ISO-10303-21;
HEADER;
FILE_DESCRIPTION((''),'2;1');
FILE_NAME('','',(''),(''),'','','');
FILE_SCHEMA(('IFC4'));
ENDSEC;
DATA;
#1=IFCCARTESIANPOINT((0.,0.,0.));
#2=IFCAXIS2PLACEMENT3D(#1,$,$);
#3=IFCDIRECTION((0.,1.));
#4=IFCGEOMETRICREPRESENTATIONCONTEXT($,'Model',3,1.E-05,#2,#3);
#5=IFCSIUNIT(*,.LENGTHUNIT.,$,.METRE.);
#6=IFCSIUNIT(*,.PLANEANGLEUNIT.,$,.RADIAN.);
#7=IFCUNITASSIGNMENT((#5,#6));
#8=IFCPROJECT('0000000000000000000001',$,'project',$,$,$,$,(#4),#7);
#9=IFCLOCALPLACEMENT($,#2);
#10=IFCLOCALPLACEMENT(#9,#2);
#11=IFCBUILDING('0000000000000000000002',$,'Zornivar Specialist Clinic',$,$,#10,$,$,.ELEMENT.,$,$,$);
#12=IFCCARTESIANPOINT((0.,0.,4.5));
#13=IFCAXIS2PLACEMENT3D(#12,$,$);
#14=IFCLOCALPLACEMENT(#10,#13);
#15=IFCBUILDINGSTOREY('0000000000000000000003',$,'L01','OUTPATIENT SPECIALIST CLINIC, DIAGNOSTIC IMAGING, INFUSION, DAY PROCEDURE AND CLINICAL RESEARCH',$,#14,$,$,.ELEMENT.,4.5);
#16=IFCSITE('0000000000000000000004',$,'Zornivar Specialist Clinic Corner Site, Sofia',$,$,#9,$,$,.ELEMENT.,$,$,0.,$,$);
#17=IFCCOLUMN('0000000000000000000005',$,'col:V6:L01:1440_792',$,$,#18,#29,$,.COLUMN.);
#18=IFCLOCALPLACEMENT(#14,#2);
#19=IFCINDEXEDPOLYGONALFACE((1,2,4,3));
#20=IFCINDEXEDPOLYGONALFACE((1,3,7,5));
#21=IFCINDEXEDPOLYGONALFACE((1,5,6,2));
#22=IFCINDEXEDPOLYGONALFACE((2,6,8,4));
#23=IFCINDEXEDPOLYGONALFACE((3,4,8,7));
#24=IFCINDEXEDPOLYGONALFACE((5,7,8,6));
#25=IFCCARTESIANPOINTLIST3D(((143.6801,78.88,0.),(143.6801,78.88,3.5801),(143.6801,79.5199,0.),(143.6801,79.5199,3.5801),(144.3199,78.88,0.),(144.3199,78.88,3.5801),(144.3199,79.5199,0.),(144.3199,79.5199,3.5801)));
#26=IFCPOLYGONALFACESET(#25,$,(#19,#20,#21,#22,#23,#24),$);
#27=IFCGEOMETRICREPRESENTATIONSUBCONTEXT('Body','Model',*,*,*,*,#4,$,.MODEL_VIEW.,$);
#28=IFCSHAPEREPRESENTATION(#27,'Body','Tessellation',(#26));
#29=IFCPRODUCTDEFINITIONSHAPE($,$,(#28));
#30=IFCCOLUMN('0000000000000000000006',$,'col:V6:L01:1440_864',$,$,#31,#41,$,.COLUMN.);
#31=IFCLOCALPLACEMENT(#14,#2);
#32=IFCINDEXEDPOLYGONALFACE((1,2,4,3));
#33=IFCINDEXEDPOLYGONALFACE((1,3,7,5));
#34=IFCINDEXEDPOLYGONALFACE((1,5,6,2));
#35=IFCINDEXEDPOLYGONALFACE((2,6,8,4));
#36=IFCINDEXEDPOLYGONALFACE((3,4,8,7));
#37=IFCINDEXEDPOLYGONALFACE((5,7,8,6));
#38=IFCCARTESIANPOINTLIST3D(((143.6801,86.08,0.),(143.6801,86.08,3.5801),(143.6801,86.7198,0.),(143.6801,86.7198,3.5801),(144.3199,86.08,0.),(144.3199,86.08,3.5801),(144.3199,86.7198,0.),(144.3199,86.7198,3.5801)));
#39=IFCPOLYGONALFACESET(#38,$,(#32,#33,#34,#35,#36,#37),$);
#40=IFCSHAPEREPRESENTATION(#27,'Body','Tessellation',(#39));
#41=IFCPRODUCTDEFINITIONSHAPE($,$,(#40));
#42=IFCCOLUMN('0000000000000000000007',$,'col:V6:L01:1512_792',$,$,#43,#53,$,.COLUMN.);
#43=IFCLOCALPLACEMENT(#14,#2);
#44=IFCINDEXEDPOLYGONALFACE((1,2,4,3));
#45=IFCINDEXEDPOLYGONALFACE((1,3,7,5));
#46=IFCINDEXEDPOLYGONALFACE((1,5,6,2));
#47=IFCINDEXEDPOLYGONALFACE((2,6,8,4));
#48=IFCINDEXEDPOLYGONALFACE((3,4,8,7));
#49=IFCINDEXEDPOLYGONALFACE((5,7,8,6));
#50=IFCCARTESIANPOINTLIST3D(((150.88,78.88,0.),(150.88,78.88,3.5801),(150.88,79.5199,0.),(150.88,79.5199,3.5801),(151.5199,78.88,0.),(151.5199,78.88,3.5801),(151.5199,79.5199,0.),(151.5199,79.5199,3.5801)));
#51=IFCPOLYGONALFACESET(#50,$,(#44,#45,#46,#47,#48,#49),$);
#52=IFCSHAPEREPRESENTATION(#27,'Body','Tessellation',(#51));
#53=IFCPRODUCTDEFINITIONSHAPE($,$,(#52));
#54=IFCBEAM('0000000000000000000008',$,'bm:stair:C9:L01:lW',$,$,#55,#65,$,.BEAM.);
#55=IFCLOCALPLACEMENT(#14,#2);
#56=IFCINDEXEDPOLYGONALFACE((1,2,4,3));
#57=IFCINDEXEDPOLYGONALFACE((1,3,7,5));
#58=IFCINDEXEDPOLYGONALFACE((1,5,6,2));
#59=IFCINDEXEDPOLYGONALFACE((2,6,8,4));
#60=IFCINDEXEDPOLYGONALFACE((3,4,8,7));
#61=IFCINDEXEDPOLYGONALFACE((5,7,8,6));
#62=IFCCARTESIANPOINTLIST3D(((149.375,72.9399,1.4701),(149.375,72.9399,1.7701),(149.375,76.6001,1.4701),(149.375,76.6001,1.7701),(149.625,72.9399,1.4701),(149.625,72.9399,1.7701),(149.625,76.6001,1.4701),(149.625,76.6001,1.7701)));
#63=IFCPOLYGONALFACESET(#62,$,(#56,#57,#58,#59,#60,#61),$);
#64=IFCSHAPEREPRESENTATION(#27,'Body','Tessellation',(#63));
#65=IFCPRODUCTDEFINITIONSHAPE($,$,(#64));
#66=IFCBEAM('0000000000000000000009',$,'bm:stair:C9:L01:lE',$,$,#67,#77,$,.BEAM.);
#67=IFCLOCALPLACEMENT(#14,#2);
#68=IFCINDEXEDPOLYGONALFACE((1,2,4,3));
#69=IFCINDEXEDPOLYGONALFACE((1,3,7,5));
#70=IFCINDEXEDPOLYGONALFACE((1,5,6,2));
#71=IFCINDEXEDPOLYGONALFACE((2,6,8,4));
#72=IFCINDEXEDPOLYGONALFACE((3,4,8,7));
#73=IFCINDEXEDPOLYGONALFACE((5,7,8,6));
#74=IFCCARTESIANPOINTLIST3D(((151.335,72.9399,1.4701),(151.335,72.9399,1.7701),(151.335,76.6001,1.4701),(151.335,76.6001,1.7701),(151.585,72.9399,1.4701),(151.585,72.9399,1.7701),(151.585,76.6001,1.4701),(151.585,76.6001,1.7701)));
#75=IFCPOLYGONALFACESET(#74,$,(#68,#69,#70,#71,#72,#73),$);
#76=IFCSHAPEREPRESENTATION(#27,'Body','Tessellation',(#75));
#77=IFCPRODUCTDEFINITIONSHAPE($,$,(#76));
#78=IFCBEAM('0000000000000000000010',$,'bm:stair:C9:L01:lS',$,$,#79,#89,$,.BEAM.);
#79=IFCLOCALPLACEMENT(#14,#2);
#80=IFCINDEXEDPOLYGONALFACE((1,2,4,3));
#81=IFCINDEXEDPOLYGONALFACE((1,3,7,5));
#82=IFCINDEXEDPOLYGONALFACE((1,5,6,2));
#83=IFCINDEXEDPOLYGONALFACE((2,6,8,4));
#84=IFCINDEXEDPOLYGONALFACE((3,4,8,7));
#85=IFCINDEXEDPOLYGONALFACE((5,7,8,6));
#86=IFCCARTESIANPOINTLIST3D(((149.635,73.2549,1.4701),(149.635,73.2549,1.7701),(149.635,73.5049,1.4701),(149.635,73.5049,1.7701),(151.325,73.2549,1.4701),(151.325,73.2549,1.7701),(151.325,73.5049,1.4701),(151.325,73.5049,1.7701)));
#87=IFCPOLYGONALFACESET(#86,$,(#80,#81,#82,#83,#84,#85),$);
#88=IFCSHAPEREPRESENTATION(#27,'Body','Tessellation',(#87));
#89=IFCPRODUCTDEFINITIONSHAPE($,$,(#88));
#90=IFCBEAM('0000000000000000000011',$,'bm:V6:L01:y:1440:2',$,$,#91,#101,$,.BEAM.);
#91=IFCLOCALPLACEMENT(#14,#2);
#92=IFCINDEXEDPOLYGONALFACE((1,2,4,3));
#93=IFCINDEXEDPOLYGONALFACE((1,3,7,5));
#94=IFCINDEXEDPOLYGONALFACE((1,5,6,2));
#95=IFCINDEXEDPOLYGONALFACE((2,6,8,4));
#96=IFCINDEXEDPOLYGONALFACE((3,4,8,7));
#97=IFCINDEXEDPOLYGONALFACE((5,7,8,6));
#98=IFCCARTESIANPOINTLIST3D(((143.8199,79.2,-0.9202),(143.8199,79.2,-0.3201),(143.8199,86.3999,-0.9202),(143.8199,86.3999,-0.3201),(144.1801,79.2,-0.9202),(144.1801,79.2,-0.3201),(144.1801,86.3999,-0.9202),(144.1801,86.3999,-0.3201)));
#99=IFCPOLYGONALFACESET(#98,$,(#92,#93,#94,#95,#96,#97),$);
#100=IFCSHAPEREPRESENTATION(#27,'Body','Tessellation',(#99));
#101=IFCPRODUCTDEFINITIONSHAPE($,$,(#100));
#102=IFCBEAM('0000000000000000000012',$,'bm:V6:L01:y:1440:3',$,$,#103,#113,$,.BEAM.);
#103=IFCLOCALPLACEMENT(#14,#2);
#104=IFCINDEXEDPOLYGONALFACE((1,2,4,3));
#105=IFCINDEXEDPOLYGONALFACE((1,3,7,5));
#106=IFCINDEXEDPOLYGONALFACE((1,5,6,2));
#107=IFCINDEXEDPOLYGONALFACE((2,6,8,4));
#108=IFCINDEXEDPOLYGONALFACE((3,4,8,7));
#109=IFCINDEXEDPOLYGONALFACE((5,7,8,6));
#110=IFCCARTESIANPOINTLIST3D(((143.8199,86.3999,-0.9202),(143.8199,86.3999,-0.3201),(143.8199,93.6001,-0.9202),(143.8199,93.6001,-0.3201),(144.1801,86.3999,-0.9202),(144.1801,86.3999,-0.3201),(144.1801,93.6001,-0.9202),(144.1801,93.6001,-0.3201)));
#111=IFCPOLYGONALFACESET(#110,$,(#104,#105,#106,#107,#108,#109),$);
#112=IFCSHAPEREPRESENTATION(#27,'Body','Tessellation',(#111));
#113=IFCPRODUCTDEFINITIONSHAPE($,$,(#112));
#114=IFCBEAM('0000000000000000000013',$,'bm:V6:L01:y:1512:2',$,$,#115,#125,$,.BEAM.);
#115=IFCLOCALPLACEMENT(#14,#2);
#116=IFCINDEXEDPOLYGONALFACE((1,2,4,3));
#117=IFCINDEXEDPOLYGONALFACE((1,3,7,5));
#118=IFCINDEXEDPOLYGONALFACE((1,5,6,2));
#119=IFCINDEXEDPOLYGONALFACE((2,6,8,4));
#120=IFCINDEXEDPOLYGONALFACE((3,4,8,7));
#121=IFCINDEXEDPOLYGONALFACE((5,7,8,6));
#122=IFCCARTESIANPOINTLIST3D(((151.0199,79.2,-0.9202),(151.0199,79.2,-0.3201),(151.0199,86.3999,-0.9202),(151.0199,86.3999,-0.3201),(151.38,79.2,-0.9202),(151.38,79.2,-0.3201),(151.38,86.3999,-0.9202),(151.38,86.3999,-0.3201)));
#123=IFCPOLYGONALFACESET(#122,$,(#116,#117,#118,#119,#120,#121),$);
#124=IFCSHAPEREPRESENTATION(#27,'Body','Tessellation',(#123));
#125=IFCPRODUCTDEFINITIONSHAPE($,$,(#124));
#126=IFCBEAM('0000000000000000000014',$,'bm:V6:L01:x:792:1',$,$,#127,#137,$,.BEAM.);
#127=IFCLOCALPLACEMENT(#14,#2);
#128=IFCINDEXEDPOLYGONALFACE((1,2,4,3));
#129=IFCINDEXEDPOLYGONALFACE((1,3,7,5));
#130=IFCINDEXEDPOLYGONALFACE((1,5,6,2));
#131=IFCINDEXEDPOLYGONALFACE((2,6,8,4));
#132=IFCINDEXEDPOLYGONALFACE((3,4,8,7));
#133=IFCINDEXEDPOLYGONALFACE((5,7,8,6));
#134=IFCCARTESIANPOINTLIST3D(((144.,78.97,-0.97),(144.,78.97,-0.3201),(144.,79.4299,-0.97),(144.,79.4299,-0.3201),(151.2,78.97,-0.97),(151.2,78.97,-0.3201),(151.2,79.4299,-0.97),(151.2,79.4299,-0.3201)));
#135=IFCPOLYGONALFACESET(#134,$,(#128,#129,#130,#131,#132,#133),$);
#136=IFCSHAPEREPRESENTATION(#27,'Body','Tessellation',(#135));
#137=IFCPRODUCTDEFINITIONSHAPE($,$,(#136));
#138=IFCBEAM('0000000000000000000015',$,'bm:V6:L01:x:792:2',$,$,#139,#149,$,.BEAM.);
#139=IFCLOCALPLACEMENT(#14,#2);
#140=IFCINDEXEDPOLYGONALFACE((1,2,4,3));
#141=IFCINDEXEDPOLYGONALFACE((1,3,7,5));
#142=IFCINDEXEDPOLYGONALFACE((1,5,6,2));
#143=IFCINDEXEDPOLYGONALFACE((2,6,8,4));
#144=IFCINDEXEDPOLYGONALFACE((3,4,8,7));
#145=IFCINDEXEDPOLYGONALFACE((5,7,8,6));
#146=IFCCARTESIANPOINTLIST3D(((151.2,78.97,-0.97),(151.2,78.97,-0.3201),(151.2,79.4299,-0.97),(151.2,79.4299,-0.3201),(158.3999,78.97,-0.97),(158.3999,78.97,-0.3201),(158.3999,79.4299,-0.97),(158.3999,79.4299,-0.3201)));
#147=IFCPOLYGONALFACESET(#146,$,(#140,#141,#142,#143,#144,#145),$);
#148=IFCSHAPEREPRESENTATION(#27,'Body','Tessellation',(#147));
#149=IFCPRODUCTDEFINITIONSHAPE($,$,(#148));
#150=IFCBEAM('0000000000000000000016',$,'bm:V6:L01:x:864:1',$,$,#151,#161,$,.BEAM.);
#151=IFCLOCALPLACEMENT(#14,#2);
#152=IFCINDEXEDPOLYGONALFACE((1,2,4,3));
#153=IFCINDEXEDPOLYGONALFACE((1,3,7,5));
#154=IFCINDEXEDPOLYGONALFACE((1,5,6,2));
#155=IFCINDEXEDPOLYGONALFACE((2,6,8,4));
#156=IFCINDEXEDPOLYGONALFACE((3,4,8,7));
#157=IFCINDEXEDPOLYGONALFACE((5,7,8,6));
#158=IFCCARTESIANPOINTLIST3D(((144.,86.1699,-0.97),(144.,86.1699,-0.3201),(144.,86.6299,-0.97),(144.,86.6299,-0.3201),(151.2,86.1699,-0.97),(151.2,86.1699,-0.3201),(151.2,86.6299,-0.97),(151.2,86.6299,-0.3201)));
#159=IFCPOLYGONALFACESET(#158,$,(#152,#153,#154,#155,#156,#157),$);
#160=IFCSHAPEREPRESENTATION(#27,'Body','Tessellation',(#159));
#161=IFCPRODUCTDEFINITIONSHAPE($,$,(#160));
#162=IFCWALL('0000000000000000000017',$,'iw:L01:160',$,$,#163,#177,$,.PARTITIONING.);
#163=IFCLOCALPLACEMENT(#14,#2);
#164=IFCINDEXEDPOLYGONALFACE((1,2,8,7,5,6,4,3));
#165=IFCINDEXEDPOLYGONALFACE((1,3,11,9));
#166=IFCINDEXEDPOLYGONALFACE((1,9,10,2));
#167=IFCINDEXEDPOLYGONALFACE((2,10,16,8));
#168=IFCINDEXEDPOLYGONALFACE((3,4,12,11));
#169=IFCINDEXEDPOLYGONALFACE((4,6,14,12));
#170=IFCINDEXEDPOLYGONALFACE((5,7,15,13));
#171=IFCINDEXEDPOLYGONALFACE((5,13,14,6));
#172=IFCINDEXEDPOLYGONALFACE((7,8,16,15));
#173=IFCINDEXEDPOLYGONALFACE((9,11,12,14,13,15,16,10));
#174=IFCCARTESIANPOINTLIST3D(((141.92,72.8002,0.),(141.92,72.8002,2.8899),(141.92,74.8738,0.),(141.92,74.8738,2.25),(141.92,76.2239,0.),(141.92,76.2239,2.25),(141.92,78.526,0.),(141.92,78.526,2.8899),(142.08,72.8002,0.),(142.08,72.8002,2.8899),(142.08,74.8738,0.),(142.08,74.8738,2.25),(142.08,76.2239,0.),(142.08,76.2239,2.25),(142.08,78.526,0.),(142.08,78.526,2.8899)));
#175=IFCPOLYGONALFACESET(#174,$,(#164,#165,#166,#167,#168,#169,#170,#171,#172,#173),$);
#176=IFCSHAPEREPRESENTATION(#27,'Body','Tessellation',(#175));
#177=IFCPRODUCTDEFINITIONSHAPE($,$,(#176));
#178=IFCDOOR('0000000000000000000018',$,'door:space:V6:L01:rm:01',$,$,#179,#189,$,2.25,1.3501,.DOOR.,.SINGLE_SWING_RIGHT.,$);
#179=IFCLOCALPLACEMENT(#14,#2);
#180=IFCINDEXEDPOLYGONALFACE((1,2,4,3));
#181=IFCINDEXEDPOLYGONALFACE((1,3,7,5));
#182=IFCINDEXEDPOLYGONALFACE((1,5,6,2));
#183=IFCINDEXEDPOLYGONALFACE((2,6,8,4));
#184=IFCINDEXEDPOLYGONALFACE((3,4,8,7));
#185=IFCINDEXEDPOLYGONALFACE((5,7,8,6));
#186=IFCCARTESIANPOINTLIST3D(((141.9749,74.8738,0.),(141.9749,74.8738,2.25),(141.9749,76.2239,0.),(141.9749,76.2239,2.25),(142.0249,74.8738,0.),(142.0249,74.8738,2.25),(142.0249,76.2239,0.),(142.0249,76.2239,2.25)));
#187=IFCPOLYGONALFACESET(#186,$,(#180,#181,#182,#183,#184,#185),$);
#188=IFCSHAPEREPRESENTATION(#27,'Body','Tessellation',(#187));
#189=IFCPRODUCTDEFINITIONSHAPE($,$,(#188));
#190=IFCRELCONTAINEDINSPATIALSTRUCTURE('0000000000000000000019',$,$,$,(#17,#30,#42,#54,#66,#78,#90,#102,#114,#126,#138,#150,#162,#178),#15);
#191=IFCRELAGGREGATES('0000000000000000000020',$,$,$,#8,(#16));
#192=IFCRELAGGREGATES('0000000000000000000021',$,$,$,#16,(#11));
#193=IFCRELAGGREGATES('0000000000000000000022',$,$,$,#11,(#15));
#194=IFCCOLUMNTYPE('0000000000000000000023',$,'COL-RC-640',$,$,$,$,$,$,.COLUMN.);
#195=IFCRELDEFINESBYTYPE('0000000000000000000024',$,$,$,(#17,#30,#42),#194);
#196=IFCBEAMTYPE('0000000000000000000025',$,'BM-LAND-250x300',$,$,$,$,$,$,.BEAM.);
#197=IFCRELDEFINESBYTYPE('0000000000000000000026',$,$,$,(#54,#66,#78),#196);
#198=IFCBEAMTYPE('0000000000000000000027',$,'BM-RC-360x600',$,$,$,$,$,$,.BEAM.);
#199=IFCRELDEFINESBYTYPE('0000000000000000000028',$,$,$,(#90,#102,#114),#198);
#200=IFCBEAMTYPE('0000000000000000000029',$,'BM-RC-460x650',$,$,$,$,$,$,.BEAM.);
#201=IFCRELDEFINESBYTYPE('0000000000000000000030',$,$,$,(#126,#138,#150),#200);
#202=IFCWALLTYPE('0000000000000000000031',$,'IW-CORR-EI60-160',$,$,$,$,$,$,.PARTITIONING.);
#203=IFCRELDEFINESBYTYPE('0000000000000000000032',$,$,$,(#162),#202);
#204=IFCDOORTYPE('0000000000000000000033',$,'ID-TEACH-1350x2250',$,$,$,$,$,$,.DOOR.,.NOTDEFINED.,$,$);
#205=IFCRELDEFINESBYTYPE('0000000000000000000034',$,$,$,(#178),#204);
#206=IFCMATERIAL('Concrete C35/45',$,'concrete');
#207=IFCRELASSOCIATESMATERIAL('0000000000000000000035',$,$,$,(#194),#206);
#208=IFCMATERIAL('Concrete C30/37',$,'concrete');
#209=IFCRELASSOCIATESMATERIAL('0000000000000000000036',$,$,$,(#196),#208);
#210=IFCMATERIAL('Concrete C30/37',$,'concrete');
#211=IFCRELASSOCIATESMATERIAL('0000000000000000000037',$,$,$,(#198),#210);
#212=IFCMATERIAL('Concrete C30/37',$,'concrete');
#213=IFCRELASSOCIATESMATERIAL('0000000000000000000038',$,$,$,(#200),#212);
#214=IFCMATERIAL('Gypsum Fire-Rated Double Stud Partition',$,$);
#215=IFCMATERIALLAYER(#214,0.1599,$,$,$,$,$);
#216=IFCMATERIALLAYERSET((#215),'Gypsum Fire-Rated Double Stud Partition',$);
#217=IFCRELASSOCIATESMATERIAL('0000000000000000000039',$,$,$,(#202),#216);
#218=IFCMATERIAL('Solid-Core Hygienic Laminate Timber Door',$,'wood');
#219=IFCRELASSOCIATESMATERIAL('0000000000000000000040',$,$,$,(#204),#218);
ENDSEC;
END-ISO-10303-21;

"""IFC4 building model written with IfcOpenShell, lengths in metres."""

from ifc_helpers import new_model, si_unit, direction, frame, frame_2d, origin, origin_2d, place, context, subcontext, project, spatial, rectangle, extrude, material, layer, layer_set, material_profile, profile_set, type_object, element, fill, save


model = new_model("IFC4")

# Units and contexts
model_context = context("Model", 3, precision=1e-05, world=origin(), true_north=direction((0.0, 1.0)))
body_context = subcontext(model_context, "Body", "Model", "MODEL_VIEW")
ifc_project = project(units=[si_unit("LENGTHUNIT", "METRE"), si_unit("PLANEANGLEUNIT", "RADIAN")], contexts=[model_context])

# Site, building, storey
site_placement = place(None, origin())
site = spatial("IfcSite", under=ifc_project, at=site_placement, Name="Zornivar Specialist Clinic Corner Site, Sofia", CompositionType="ELEMENT", RefElevation=0.0)
building_placement = place(site_placement, origin())
building = spatial("IfcBuilding", under=site, at=building_placement, Name="Zornivar Specialist Clinic", CompositionType="ELEMENT")
storey_placement = place(building_placement, frame((0.0, 0.0, 4.5)))
storey = spatial("IfcBuildingStorey", under=building, at=storey_placement, Name="L01", Description="OUTPATIENT SPECIALIST CLINIC, DIAGNOSTIC IMAGING, INFUSION, DAY PROCEDURE AND CLINICAL RESEARCH", CompositionType="ELEMENT", Elevation=4.5)

# Columns
ifc_material_1 = material(Name="Concrete C35/45", Category="concrete")
ifc_material_profile_1 = material_profile(ifc_material_1, rectangle(XDim=0.6399, YDim=0.6399, at=origin_2d()), Name="RC 640x640")
ifc_profile_set_1 = profile_set([ifc_material_profile_1], Name="Concrete C35/45")
column_type = type_object("IfcColumnType", Name="COL-RC-640", PredefinedType="COLUMN", material=ifc_profile_set_1)
for number, where, z_axis, x_axis, name in (
    (1, (144.0, 79.2, 0.0), (0.0, 0.0, 1.0), (1.0, 0.0, 0.0), "col:V6:L01:1440_792"),
    (2, (144.0, 86.3999, 0.0), (0.0, 0.0, 1.0), (1.0, 0.0, 0.0), "col:V6:L01:1440_864"),
    (3, (151.2, 79.2, 0.0), (0.0, 0.0, 1.0), (1.0, 0.0, 0.0), "col:V6:L01:1512_792"),
):
    element("IfcColumn", number, at=place(storey_placement, frame(where, z_axis=z_axis, x_axis=x_axis)), inside=storey, type_object=column_type, Name=name, PredefinedType="COLUMN", context=body_context, shape_type="SweptSolid", body=[
        extrude(rectangle(XDim=0.6399, YDim=0.6399, at=origin_2d()), origin(), (0.0, 0.0, 1.0), 3.5801),
    ])

# Beams
ifc_material_2 = material(Name="Concrete C30/37", Category="concrete")
ifc_material_profile_2 = material_profile(ifc_material_2, rectangle(XDim=0.25, YDim=0.3, at=origin_2d()), Name="RC 250x300")
ifc_profile_set_2 = profile_set([ifc_material_profile_2], Name="Concrete C30/37")
beam_type_1 = type_object("IfcBeamType", Name="BM-LAND-250x300", PredefinedType="BEAM", material=ifc_profile_set_2)
for number, where, z_axis, x_axis, name in (
    (4, (149.5, 72.9399, 1.6201), (0.0, 1.0, 0.0), (-1.0, 0.0, 0.0), "bm:stair:C9:L01:lW"),
    (5, (151.46, 72.9399, 1.6201), (0.0, 1.0, 0.0), (-1.0, 0.0, 0.0), "bm:stair:C9:L01:lE"),
):
    element("IfcBeam", number, at=place(storey_placement, frame(where, z_axis=z_axis, x_axis=x_axis)), inside=storey, type_object=beam_type_1, Name=name, PredefinedType="BEAM", context=body_context, shape_type="SweptSolid", body=[
        extrude(rectangle(XDim=0.25, YDim=0.3, at=origin_2d()), origin(), (0.0, 0.0, 1.0), 3.6602),
    ])
beam_1_placement = place(storey_placement, frame((149.635, 73.3799, 1.6201), z_axis=(1.0, 0.0, 0.0), x_axis=(0.0, 1.0, 0.0)))
element("IfcBeam", 6, at=beam_1_placement, inside=storey, type_object=beam_type_1, Name="bm:stair:C9:L01:lS", PredefinedType="BEAM", context=body_context, shape_type="SweptSolid", body=[
    extrude(rectangle(XDim=0.25, YDim=0.3, at=origin_2d()), origin(), (0.0, 0.0, 1.0), 1.6899),
])
ifc_material_3 = material(Name="Concrete C30/37", Category="concrete")
ifc_material_profile_3 = material_profile(ifc_material_3, rectangle(XDim=0.3601, YDim=0.6001, at=origin_2d()), Name="RC 360x600")
ifc_profile_set_3 = profile_set([ifc_material_profile_3], Name="Concrete C30/37")
beam_type_2 = type_object("IfcBeamType", Name="BM-RC-360x600", PredefinedType="BEAM", material=ifc_profile_set_3)
beam_2_placement = place(storey_placement, frame((144.0, 79.2, -0.6201), z_axis=(0.0, 1.0, 0.0), x_axis=(-1.0, 0.0, 0.0)))
element("IfcBeam", 7, at=beam_2_placement, inside=storey, type_object=beam_type_2, Name="bm:V6:L01:y:1440:2", PredefinedType="BEAM", context=body_context, shape_type="SweptSolid", body=[
    extrude(rectangle(XDim=0.3601, YDim=0.6001, at=origin_2d()), origin(), (0.0, 0.0, 1.0), 7.2),
])
beam_3_placement = place(storey_placement, frame((144.0, 86.3999, -0.6201), z_axis=(0.0, 1.0, 0.0), x_axis=(-1.0, 0.0, 0.0)))
element("IfcBeam", 8, at=beam_3_placement, inside=storey, type_object=beam_type_2, Name="bm:V6:L01:y:1440:3", PredefinedType="BEAM", context=body_context, shape_type="SweptSolid", body=[
    extrude(rectangle(XDim=0.3601, YDim=0.6001, at=origin_2d()), origin(), (0.0, 0.0, 1.0), 7.2002),
])
beam_4_placement = place(storey_placement, frame((151.2, 79.2, -0.6201), z_axis=(0.0, 1.0, 0.0), x_axis=(-1.0, 0.0, 0.0)))
element("IfcBeam", 9, at=beam_4_placement, inside=storey, type_object=beam_type_2, Name="bm:V6:L01:y:1512:2", PredefinedType="BEAM", context=body_context, shape_type="SweptSolid", body=[
    extrude(rectangle(XDim=0.3601, YDim=0.6001, at=origin_2d()), origin(), (0.0, 0.0, 1.0), 7.2),
])
ifc_material_4 = material(Name="Concrete C30/37", Category="concrete")
ifc_material_profile_4 = material_profile(ifc_material_4, rectangle(XDim=0.46, YDim=0.6499, at=origin_2d()), Name="RC 460x650")
ifc_profile_set_4 = profile_set([ifc_material_profile_4], Name="Concrete C30/37")
beam_type_3 = type_object("IfcBeamType", Name="BM-RC-460x650", PredefinedType="BEAM", material=ifc_profile_set_4)
for number, where, z_axis, x_axis, name in (
    (10, (144.0, 79.2, -0.645), (1.0, 0.0, 0.0), (0.0, 1.0, 0.0), "bm:V6:L01:x:792:1"),
    (11, (151.2, 79.2, -0.645), (1.0, 0.0, 0.0), (0.0, 1.0, 0.0), "bm:V6:L01:x:792:2"),
    (12, (144.0, 86.3999, -0.645), (1.0, 0.0, 0.0), (0.0, 1.0, 0.0), "bm:V6:L01:x:864:1"),
):
    element("IfcBeam", number, at=place(storey_placement, frame(where, z_axis=z_axis, x_axis=x_axis)), inside=storey, type_object=beam_type_3, Name=name, PredefinedType="BEAM", context=body_context, shape_type="SweptSolid", body=[
        extrude(rectangle(XDim=0.46, YDim=0.6499, at=origin_2d()), origin(), (0.0, 0.0, 1.0), 7.2),
    ])

# Wall, opening, door
ifc_material_5 = material(Name="Gypsum Fire-Rated Double Stud Partition")
ifc_layer_1 = layer(ifc_material_5, 0.1599)
ifc_layer_set_1 = layer_set([ifc_layer_1], Name="Gypsum Fire-Rated Double Stud Partition")
wall_type_1 = type_object("IfcWallType", Name="IW-CORR-EI60-160", PredefinedType="PARTITIONING", material=ifc_layer_set_1)
wall_1_placement = place(storey_placement, frame((142.0, 78.5259, 0.0), z_axis=(0.0, 0.0, 1.0), x_axis=(0.0, -1.0, 0.0)))
wall_1 = element("IfcWall", 13, at=wall_1_placement, inside=storey, type_object=wall_type_1, Name="iw:L01:160", PredefinedType="PARTITIONING", context=body_context, shape_type="SweptSolid", body=[
    extrude(rectangle(XDim=5.7258, YDim=0.1599, at=frame_2d((2.8628, 0.0))), origin(), (0.0, 0.0, 1.0), 2.8899),
])
opening_1_placement = place(wall_1_placement, frame((2.302, 0.0, 0.0)))
opening_1 = element("IfcOpeningElement", 14, at=opening_1_placement, cuts=wall_1, PredefinedType="OPENING", context=body_context, shape_type="SweptSolid", body=[
    extrude(rectangle(XDim=1.3501, YDim=2.25, at=frame_2d((0.675, 1.125))), frame((0.0, 0.0898, 0.0), z_axis=(0.0, -1.0, 0.0), x_axis=(1.0, 0.0, 0.0)), (0.0, 0.0, 1.0), 0.1799),
])
ifc_material_6 = material(Name="Solid-Core Hygienic Laminate Timber Door", Category="wood")
door_type_1 = type_object("IfcDoorType", Name="ID-TEACH-1350x2250", OperationType="NOTDEFINED", PredefinedType="DOOR", material=ifc_material_6)
door_1_placement = place(opening_1_placement, origin())
door_1 = element("IfcDoor", 15, at=door_1_placement, inside=storey, type_object=door_type_1, Name="door:space:V6:L01:rm:01", OperationType="SINGLE_SWING_RIGHT", OverallHeight=2.25, OverallWidth=1.3501, PredefinedType="DOOR", context=body_context, shape_type="SweptSolid", body=[
    extrude(rectangle(XDim=1.3501, YDim=2.25, at=frame_2d((0.675, 1.125))), frame((0.0, 0.0249, 0.0), z_axis=(0.0, -1.0, 0.0), x_axis=(1.0, 0.0, 0.0)), (0.0, 0.0, 1.0), 0.05),
])
fill(opening_1, door_1)

save(model, "model.ifc")
